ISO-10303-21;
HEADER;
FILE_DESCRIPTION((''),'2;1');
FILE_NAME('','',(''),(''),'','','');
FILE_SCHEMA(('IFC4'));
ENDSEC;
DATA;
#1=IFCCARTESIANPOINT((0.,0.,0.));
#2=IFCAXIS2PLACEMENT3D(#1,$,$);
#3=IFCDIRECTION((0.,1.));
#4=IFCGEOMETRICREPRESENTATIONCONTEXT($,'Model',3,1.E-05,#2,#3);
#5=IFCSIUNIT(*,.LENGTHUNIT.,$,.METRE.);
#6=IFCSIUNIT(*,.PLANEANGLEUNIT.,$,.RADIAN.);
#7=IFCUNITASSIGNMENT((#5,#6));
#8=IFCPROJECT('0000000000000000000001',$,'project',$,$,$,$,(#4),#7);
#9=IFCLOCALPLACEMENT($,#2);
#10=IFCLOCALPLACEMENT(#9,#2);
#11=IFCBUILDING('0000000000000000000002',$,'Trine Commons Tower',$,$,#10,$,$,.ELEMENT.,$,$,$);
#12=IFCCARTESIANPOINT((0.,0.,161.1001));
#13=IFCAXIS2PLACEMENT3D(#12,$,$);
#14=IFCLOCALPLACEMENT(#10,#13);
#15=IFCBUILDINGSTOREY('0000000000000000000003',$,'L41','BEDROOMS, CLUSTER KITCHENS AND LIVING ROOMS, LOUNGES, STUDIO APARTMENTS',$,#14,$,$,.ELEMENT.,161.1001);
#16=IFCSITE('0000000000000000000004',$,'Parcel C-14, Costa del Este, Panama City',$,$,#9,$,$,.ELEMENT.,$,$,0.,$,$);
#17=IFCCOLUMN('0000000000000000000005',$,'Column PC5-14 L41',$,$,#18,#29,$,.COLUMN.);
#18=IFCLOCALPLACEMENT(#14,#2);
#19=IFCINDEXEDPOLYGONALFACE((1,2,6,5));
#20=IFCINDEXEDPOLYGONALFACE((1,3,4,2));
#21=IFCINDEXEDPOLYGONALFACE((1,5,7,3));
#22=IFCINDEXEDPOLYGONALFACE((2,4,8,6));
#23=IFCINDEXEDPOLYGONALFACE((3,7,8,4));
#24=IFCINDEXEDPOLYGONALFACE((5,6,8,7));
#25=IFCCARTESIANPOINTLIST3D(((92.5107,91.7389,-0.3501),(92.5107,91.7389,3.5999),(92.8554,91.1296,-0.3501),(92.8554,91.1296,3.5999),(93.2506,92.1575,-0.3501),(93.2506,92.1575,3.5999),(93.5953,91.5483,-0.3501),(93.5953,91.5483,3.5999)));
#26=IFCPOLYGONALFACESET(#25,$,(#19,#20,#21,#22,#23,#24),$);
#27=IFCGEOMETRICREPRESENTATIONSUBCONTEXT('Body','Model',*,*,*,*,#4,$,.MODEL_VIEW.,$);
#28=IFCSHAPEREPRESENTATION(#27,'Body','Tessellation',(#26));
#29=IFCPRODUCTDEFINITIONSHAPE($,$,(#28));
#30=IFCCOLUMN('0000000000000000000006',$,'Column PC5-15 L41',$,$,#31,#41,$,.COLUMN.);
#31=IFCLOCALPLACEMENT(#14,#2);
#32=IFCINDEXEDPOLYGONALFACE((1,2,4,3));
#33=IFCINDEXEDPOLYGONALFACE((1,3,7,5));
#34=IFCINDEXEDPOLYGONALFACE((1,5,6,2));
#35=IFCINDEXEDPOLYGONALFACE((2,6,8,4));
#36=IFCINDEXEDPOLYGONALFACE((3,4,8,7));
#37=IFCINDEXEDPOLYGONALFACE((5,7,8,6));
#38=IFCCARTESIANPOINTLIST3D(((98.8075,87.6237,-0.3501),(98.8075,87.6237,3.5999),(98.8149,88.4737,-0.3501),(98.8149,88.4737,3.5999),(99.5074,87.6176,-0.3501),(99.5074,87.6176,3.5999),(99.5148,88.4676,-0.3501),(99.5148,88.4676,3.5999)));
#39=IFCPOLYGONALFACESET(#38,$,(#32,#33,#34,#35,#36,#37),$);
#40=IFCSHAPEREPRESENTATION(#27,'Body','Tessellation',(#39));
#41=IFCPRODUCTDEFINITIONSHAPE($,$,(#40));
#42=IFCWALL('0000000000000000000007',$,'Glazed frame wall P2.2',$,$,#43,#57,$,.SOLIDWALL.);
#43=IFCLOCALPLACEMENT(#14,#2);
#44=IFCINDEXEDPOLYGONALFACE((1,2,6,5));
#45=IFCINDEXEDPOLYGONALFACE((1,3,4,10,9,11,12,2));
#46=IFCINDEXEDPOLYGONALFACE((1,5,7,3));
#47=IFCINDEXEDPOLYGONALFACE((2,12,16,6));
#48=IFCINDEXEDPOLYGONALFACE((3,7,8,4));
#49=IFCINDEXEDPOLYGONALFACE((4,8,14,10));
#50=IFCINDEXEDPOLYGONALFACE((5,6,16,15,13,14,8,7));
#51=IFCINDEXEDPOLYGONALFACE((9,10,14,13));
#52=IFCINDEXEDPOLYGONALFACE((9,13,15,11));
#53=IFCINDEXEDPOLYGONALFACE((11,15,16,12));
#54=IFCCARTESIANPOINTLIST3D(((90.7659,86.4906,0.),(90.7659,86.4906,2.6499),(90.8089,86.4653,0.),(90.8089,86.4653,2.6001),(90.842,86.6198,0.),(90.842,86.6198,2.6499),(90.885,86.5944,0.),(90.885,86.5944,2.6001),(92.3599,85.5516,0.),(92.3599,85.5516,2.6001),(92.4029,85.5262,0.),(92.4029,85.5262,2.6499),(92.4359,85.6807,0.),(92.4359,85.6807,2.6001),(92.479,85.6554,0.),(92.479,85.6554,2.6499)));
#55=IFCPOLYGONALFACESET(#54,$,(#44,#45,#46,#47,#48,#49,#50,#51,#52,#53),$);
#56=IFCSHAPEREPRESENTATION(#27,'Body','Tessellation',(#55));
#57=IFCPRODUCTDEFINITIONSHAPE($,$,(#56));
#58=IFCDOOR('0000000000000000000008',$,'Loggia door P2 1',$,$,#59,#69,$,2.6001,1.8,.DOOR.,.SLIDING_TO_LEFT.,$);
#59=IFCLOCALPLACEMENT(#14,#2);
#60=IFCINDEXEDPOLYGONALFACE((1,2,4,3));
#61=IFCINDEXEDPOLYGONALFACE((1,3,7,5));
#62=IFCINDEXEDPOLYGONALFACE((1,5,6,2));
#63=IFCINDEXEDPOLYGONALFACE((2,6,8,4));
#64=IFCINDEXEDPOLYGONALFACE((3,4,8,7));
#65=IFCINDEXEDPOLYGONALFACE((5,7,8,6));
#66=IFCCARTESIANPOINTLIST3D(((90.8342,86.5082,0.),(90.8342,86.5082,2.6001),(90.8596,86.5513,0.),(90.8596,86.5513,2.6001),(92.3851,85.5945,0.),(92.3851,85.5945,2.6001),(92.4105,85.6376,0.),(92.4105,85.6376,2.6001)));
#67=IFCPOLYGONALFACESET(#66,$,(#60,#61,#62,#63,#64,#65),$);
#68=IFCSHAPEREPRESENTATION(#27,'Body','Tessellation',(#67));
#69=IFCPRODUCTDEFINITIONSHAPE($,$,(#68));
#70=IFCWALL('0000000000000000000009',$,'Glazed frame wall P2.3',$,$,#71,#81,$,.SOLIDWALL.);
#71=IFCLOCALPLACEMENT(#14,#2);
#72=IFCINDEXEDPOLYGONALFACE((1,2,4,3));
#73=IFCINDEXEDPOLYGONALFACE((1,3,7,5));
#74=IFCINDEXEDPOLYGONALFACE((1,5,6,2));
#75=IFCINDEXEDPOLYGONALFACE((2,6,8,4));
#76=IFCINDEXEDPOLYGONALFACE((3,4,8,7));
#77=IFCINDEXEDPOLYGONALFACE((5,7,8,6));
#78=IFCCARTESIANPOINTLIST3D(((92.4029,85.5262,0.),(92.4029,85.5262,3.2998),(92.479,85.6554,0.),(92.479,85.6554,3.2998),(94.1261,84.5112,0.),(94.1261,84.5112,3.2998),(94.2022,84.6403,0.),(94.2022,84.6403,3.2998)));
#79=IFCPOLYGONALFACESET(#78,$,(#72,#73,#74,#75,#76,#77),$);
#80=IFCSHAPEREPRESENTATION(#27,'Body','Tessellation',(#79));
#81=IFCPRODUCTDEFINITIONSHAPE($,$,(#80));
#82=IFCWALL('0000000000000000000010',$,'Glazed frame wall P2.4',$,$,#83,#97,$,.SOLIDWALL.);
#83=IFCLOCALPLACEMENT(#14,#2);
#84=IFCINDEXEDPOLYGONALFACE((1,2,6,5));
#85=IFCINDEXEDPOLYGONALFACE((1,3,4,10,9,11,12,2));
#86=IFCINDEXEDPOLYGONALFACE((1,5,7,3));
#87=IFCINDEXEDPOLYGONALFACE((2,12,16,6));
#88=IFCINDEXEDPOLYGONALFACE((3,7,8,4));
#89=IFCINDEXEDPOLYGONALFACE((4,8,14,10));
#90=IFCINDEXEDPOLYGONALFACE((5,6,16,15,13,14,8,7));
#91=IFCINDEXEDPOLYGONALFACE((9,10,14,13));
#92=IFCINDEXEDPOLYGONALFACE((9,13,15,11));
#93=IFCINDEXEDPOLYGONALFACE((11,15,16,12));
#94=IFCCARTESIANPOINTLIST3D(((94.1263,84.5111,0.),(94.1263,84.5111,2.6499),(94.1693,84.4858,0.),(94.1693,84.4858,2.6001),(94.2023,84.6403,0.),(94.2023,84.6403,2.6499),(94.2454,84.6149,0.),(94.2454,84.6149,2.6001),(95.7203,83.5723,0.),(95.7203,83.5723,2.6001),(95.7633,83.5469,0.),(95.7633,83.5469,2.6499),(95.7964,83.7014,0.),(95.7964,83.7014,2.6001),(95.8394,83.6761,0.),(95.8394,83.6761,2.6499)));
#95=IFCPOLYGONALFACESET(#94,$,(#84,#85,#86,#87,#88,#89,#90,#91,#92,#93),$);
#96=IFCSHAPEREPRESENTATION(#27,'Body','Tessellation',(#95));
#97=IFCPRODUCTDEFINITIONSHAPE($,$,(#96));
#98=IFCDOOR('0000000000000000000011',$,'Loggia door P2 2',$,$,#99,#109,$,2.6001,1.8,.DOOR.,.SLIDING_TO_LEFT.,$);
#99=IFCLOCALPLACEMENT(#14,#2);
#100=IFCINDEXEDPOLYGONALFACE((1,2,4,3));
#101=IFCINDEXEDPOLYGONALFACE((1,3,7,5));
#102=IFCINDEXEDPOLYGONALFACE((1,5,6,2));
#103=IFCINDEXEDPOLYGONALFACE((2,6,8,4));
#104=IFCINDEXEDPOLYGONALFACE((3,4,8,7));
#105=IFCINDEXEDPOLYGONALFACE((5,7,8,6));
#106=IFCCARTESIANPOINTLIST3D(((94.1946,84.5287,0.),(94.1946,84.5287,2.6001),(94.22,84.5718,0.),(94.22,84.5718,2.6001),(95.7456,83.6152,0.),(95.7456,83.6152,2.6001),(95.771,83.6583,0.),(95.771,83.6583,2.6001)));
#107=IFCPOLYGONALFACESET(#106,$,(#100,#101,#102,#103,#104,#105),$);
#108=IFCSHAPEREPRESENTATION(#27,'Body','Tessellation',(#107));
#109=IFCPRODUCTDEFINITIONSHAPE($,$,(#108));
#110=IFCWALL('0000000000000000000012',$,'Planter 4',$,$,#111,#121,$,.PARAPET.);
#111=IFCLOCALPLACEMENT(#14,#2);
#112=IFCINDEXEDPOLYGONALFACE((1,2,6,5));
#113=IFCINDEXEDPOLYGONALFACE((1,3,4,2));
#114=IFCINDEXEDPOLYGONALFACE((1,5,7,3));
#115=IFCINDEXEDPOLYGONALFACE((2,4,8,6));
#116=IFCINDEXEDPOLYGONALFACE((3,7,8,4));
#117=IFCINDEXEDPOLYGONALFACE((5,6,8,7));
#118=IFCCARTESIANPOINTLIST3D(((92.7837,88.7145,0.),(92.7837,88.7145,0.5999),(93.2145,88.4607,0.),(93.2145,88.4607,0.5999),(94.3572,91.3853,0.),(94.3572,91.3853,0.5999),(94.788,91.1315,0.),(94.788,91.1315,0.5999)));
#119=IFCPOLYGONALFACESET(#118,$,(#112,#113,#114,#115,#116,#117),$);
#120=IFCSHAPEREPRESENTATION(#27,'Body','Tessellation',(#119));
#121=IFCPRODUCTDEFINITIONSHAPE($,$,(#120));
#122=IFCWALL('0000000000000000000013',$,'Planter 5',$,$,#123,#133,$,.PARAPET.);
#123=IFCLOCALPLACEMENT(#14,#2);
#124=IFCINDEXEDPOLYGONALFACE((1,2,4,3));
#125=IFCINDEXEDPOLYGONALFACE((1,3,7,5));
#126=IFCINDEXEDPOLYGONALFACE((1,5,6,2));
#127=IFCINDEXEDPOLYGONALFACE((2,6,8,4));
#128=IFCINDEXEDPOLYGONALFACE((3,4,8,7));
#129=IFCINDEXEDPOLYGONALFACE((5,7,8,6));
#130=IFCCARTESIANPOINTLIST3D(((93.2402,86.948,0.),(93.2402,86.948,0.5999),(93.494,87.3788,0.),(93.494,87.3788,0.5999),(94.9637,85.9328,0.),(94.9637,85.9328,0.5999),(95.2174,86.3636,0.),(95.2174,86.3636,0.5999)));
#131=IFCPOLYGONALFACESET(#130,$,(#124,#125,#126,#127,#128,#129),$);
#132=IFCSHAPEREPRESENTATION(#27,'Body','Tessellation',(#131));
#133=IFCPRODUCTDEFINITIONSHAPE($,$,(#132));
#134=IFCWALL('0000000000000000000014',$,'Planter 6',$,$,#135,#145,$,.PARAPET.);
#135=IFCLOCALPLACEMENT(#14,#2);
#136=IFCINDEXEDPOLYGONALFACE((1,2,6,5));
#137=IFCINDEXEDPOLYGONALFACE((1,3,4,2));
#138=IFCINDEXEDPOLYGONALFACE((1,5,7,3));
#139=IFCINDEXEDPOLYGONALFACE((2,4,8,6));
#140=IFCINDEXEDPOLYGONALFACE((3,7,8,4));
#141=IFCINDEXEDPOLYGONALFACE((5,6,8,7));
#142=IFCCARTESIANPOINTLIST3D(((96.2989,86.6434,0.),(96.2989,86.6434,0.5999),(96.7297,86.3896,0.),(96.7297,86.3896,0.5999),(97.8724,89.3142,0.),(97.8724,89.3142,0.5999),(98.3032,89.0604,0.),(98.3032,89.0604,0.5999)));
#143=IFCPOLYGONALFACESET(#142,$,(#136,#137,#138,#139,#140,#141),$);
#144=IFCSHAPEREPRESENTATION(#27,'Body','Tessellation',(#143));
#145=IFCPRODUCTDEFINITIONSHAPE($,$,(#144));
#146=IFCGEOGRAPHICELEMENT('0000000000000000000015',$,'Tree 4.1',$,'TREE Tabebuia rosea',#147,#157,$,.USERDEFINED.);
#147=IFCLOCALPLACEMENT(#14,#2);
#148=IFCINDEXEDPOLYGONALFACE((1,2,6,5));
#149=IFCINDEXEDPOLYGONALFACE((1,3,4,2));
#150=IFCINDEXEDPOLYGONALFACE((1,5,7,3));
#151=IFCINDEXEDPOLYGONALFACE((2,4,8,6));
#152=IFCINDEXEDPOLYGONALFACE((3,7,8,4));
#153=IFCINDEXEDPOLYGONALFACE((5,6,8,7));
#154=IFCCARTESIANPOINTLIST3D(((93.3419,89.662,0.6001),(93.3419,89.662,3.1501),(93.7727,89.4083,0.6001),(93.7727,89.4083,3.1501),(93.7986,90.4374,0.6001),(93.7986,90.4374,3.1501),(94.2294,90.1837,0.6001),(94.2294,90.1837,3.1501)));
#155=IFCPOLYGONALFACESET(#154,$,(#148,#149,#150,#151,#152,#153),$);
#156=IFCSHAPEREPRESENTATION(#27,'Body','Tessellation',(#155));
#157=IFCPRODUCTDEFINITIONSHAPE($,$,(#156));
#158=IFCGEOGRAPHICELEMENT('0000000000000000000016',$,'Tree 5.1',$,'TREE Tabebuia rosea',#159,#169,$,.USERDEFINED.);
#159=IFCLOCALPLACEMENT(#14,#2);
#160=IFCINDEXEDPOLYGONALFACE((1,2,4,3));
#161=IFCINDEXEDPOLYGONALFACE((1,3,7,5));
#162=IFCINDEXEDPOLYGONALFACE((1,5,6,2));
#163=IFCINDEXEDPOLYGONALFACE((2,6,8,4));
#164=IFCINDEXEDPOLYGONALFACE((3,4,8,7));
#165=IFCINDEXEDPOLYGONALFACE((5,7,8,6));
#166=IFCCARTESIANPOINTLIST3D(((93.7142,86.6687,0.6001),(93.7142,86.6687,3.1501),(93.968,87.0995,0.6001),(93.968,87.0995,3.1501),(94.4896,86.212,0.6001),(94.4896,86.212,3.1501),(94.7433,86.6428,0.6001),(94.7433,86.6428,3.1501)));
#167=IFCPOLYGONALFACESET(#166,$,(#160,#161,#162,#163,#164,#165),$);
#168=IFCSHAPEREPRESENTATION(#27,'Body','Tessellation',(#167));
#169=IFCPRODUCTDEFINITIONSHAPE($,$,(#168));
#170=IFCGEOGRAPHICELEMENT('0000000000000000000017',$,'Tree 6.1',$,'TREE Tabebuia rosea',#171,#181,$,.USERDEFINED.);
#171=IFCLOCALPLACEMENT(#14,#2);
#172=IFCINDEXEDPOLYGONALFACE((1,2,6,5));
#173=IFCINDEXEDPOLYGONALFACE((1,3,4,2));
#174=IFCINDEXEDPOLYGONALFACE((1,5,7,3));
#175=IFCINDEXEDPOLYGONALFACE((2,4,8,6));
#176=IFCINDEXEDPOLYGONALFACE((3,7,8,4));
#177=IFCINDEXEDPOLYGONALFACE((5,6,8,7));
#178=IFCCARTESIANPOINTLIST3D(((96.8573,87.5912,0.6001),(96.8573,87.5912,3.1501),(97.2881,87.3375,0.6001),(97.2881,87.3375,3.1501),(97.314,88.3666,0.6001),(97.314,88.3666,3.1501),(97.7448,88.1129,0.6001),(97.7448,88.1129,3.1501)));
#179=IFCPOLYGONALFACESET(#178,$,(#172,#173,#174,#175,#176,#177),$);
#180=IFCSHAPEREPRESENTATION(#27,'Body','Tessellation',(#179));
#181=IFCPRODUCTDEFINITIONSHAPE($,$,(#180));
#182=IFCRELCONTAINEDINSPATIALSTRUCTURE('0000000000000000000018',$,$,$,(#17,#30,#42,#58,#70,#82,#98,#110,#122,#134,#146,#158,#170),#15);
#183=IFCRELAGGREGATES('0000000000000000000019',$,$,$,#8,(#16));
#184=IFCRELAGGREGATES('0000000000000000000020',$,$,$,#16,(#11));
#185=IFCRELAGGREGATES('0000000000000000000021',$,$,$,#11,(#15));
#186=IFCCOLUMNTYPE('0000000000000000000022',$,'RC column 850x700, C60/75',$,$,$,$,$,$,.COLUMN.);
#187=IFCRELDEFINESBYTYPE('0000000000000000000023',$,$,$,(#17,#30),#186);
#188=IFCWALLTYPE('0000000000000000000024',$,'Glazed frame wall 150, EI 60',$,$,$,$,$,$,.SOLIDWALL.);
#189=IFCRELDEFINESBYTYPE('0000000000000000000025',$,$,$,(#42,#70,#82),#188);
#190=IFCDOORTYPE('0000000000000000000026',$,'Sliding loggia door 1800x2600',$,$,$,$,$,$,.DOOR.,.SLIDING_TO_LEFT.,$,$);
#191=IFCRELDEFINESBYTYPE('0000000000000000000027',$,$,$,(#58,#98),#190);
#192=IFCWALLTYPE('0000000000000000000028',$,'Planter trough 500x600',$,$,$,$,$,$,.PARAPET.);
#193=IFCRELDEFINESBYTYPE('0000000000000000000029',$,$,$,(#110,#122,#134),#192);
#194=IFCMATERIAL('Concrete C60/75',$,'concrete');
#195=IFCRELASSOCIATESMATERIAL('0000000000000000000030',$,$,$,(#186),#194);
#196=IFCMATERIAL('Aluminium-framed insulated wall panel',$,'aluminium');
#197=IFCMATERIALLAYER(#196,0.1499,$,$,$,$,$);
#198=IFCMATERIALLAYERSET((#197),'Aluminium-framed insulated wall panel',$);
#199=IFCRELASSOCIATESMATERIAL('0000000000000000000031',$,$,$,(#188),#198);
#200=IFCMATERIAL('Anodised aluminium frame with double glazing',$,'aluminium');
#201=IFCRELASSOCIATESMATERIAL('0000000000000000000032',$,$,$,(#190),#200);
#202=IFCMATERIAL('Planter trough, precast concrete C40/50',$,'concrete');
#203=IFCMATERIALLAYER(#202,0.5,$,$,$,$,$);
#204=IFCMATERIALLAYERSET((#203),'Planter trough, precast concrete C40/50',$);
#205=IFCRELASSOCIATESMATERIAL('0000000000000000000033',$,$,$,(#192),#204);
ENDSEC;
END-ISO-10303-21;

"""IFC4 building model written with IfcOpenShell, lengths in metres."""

from ifc_helpers import new_model, si_unit, direction, frame, frame_2d, origin, origin_2d, place, context, subcontext, project, spatial, polyline, rectangle, outline, extrude, material, layer, layer_set, material_profile, profile_set, type_object, element, fill, save


model = new_model("IFC4")

# Units and contexts
model_context = context("Model", 3, precision=1e-05, world=origin(), true_north=direction((0.0, 1.0)))
body_context = subcontext(model_context, "Body", "Model", "MODEL_VIEW")
ifc_project = project(units=[si_unit("LENGTHUNIT", "METRE"), si_unit("PLANEANGLEUNIT", "RADIAN")], contexts=[model_context])

# Site, building, storey
site_placement = place(None, origin())
site = spatial("IfcSite", under=ifc_project, at=site_placement, Name="Parcel C-14, Costa del Este, Panama City", CompositionType="ELEMENT", RefElevation=0.0)
building_placement = place(site_placement, origin())
building = spatial("IfcBuilding", under=site, at=building_placement, Name="Trine Commons Tower", CompositionType="ELEMENT")
storey_placement = place(building_placement, frame((0.0, 0.0, 161.1001)))
storey = spatial("IfcBuildingStorey", under=building, at=storey_placement, Name="L41", Description="BEDROOMS, CLUSTER KITCHENS AND LIVING ROOMS, LOUNGES, STUDIO APARTMENTS", CompositionType="ELEMENT", Elevation=161.1001)

# Columns
ifc_material_1 = material(Name="Concrete C60/75", Category="concrete")
ifc_material_profile = material_profile(ifc_material_1, rectangle(XDim=0.8501, YDim=0.7, at=origin_2d()), Name="RC 850x700")
ifc_profile_set = profile_set([ifc_material_profile], Name="Concrete C60/75")
column_type = type_object("IfcColumnType", Name="RC column 850x700, C60/75", PredefinedType="COLUMN", material=ifc_profile_set)
for number, where, z_axis, x_axis, name in (
    (1, (93.053, 91.6436, -0.3501), (0.0, 0.0, 1.0), (0.870356, 0.492424, 0.0), "Column PC5-14 L41"),
    (2, (99.1611, 88.0457, -0.3501), (0.0, 0.0, 1.0), (0.008727, 0.999962, 0.0), "Column PC5-15 L41"),
):
    element("IfcColumn", number, at=place(storey_placement, frame(where, z_axis=z_axis, x_axis=x_axis)), inside=storey, type_object=column_type, Name=name, PredefinedType="COLUMN", context=body_context, shape_type="SweptSolid", body=[
        extrude(rectangle(XDim=0.8501, YDim=0.7, at=origin_2d()), origin(), (0.0, 0.0, 1.0), 3.95),
    ])

# Shared definitions
ifc_material_2 = material(Name="Aluminium-framed insulated wall panel", Category="aluminium")
ifc_layer_1 = layer(ifc_material_2, 0.1499)
ifc_layer_set_1 = layer_set([ifc_layer_1], Name="Aluminium-framed insulated wall panel")
wall_type_1 = type_object("IfcWallType", Name="Glazed frame wall 150, EI 60", PredefinedType="SOLIDWALL", material=ifc_layer_set_1)

# Wall, opening, door
wall_1_placement = place(storey_placement, frame((90.804, 86.5552, 0.0), z_axis=(0.0, 0.0, 1.0), x_axis=(0.861604, -0.507582, 0.0)))
wall_1 = element("IfcWall", 3, at=wall_1_placement, inside=storey, type_object=wall_type_1, Name="Glazed frame wall P2.2", PredefinedType="SOLIDWALL", context=body_context, shape_type="SweptSolid", body=[
    extrude(outline(polyline([(0.0, -0.075), (1.8999, -0.075), (1.8999, 0.075), (0.0, 0.075), (0.0, -0.075)])), origin(), (0.0, 0.0, 1.0), 2.6499),
])
opening_1_placement = place(wall_1_placement, frame((0.05, 0.0, 0.0)))
opening_1 = element("IfcOpeningElement", 4, at=opening_1_placement, cuts=wall_1, PredefinedType="OPENING", context=body_context, shape_type="SweptSolid", body=[
    extrude(rectangle(XDim=1.8, YDim=2.6001, at=frame_2d((0.8999, 1.3))), frame((0.0, 0.085, 0.0), z_axis=(0.0, -1.0, 0.0), x_axis=(1.0, 0.0, 0.0)), (0.0, 0.0, 1.0), 0.1699),
])
ifc_material_3 = material(Name="Anodised aluminium frame with double glazing", Category="aluminium")
door_type = type_object("IfcDoorType", Name="Sliding loggia door 1800x2600", OperationType="SLIDING_TO_LEFT", PredefinedType="DOOR", material=ifc_material_3)
door_1_placement = place(opening_1_placement, origin())
door_1 = element("IfcDoor", 5, at=door_1_placement, inside=storey, type_object=door_type, Name="Loggia door P2 1", OperationType="SLIDING_TO_LEFT", OverallHeight=2.6001, OverallWidth=1.8, PredefinedType="DOOR", context=body_context, shape_type="SweptSolid", body=[
    extrude(rectangle(XDim=1.8, YDim=2.6001, at=frame_2d((0.8999, 1.3))), frame((0.0, 0.0249, 0.0), z_axis=(0.0, -1.0, 0.0), x_axis=(1.0, 0.0, 0.0)), (0.0, 0.0, 1.0), 0.05),
])
fill(opening_1, door_1)

# Wall
wall_2_placement = place(storey_placement, frame((92.4409, 85.5908, 0.0), z_axis=(0.0, 0.0, 1.0), x_axis=(0.861633, -0.507532, 0.0)))
element("IfcWall", 6, at=wall_2_placement, inside=storey, type_object=wall_type_1, Name="Glazed frame wall P2.3", PredefinedType="SOLIDWALL", context=body_context, shape_type="SweptSolid", body=[
    extrude(outline(polyline([(0.0, -0.075), (2.0, -0.075), (2.0, 0.075), (0.0, 0.075), (0.0, -0.075)])), origin(), (0.0, 0.0, 1.0), 3.2998),
])

# Wall, opening, door
wall_3_placement = place(storey_placement, frame((94.1643, 84.5757, 0.0), z_axis=(0.0, 0.0, 1.0), x_axis=(0.86166, -0.507486, 0.0)))
wall_3 = element("IfcWall", 7, at=wall_3_placement, inside=storey, type_object=wall_type_1, Name="Glazed frame wall P2.4", PredefinedType="SOLIDWALL", context=body_context, shape_type="SweptSolid", body=[
    extrude(outline(polyline([(0.0, -0.075), (1.8999, -0.075), (1.8999, 0.075), (0.0, 0.075), (0.0, -0.075)])), origin(), (0.0, 0.0, 1.0), 2.6499),
])
opening_2_placement = place(wall_3_placement, frame((0.05, 0.0, 0.0)))
opening_2 = element("IfcOpeningElement", 8, at=opening_2_placement, cuts=wall_3, PredefinedType="OPENING", context=body_context, shape_type="SweptSolid", body=[
    extrude(rectangle(XDim=1.8, YDim=2.6001, at=frame_2d((0.8999, 1.3))), frame((0.0, 0.085, 0.0), z_axis=(0.0, -1.0, 0.0), x_axis=(1.0, 0.0, 0.0)), (0.0, 0.0, 1.0), 0.1699),
])
door_2_placement = place(opening_2_placement, origin())
door_2 = element("IfcDoor", 9, at=door_2_placement, inside=storey, type_object=door_type, Name="Loggia door P2 2", OperationType="SLIDING_TO_LEFT", OverallHeight=2.6001, OverallWidth=1.8, PredefinedType="DOOR", context=body_context, shape_type="SweptSolid", body=[
    extrude(rectangle(XDim=1.8, YDim=2.6001, at=frame_2d((0.8999, 1.3))), frame((0.0, 0.0249, 0.0), z_axis=(0.0, -1.0, 0.0), x_axis=(1.0, 0.0, 0.0)), (0.0, 0.0, 1.0), 0.05),
])
fill(opening_2, door_2)

# Walls
ifc_material_4 = material(Name="Planter trough, precast concrete C40/50", Category="concrete")
ifc_layer_2 = layer(ifc_material_4, 0.5)
ifc_layer_set_2 = layer_set([ifc_layer_2], Name="Planter trough, precast concrete C40/50")
wall_type_2 = type_object("IfcWallType", Name="Planter trough 500x600", PredefinedType="PARAPET", material=ifc_layer_set_2)
wall_4_placement = place(storey_placement, frame((94.5725, 91.2583, 0.0), z_axis=(0.0, 0.0, 1.0), x_axis=(-0.507588, -0.8616, 0.0)))
element("IfcWall", 10, at=wall_4_placement, inside=storey, type_object=wall_type_2, Name="Planter 4", PredefinedType="PARAPET", context=body_context, shape_type="SweptSolid", body=[
    extrude(rectangle(XDim=3.0999, YDim=0.5, at=frame_2d((1.5498, 0.0))), origin(), (0.0, 0.0, 1.0), 0.5999),
])
wall_5_placement = place(storey_placement, frame((93.3672, 87.1633, 0.0), z_axis=(0.0, 0.0, 1.0), x_axis=(0.861633, -0.507532, 0.0)))
element("IfcWall", 11, at=wall_5_placement, inside=storey, type_object=wall_type_2, Name="Planter 5", PredefinedType="PARAPET", context=body_context, shape_type="SweptSolid", body=[
    extrude(rectangle(XDim=2.0002, YDim=0.5, at=frame_2d((1.0, 0.0))), origin(), (0.0, 0.0, 1.0), 0.5999),
])
wall_6_placement = place(storey_placement, frame((96.5144, 86.5166, 0.0), z_axis=(0.0, 0.0, 1.0), x_axis=(0.507588, 0.8616, 0.0)))
element("IfcWall", 12, at=wall_6_placement, inside=storey, type_object=wall_type_2, Name="Planter 6", PredefinedType="PARAPET", context=body_context, shape_type="SweptSolid", body=[
    extrude(rectangle(XDim=3.0999, YDim=0.5, at=frame_2d((1.5498, 0.0))), origin(), (0.0, 0.0, 1.0), 0.5999),
])

# Geographic elements
for number, where, z_axis, x_axis, name in (
    (13, (93.7856, 89.9229, 0.6001), (0.0, 0.0, 1.0), (-0.50754, -0.861628, 0.0), "Tree 4.1"),
    (14, (94.2288, 86.6558, 0.6001), (0.0, 0.0, 1.0), (0.861628, -0.50754, 0.0), "Tree 5.1"),
    (15, (97.301, 87.8521, 0.6001), (0.0, 0.0, 1.0), (0.50754, 0.861628, 0.0), "Tree 6.1"),
):
    element("IfcGeographicElement", number, at=place(storey_placement, frame(where, z_axis=z_axis, x_axis=x_axis)), inside=storey, Name=name, ObjectType="TREE Tabebuia rosea", PredefinedType="USERDEFINED", context=body_context, shape_type="SweptSolid", body=[
        extrude(rectangle(XDim=0.8999, YDim=0.5, at=origin_2d()), origin(), (0.0, 0.0, 1.0), 2.55),
    ])

save(model, "model.ifc")
